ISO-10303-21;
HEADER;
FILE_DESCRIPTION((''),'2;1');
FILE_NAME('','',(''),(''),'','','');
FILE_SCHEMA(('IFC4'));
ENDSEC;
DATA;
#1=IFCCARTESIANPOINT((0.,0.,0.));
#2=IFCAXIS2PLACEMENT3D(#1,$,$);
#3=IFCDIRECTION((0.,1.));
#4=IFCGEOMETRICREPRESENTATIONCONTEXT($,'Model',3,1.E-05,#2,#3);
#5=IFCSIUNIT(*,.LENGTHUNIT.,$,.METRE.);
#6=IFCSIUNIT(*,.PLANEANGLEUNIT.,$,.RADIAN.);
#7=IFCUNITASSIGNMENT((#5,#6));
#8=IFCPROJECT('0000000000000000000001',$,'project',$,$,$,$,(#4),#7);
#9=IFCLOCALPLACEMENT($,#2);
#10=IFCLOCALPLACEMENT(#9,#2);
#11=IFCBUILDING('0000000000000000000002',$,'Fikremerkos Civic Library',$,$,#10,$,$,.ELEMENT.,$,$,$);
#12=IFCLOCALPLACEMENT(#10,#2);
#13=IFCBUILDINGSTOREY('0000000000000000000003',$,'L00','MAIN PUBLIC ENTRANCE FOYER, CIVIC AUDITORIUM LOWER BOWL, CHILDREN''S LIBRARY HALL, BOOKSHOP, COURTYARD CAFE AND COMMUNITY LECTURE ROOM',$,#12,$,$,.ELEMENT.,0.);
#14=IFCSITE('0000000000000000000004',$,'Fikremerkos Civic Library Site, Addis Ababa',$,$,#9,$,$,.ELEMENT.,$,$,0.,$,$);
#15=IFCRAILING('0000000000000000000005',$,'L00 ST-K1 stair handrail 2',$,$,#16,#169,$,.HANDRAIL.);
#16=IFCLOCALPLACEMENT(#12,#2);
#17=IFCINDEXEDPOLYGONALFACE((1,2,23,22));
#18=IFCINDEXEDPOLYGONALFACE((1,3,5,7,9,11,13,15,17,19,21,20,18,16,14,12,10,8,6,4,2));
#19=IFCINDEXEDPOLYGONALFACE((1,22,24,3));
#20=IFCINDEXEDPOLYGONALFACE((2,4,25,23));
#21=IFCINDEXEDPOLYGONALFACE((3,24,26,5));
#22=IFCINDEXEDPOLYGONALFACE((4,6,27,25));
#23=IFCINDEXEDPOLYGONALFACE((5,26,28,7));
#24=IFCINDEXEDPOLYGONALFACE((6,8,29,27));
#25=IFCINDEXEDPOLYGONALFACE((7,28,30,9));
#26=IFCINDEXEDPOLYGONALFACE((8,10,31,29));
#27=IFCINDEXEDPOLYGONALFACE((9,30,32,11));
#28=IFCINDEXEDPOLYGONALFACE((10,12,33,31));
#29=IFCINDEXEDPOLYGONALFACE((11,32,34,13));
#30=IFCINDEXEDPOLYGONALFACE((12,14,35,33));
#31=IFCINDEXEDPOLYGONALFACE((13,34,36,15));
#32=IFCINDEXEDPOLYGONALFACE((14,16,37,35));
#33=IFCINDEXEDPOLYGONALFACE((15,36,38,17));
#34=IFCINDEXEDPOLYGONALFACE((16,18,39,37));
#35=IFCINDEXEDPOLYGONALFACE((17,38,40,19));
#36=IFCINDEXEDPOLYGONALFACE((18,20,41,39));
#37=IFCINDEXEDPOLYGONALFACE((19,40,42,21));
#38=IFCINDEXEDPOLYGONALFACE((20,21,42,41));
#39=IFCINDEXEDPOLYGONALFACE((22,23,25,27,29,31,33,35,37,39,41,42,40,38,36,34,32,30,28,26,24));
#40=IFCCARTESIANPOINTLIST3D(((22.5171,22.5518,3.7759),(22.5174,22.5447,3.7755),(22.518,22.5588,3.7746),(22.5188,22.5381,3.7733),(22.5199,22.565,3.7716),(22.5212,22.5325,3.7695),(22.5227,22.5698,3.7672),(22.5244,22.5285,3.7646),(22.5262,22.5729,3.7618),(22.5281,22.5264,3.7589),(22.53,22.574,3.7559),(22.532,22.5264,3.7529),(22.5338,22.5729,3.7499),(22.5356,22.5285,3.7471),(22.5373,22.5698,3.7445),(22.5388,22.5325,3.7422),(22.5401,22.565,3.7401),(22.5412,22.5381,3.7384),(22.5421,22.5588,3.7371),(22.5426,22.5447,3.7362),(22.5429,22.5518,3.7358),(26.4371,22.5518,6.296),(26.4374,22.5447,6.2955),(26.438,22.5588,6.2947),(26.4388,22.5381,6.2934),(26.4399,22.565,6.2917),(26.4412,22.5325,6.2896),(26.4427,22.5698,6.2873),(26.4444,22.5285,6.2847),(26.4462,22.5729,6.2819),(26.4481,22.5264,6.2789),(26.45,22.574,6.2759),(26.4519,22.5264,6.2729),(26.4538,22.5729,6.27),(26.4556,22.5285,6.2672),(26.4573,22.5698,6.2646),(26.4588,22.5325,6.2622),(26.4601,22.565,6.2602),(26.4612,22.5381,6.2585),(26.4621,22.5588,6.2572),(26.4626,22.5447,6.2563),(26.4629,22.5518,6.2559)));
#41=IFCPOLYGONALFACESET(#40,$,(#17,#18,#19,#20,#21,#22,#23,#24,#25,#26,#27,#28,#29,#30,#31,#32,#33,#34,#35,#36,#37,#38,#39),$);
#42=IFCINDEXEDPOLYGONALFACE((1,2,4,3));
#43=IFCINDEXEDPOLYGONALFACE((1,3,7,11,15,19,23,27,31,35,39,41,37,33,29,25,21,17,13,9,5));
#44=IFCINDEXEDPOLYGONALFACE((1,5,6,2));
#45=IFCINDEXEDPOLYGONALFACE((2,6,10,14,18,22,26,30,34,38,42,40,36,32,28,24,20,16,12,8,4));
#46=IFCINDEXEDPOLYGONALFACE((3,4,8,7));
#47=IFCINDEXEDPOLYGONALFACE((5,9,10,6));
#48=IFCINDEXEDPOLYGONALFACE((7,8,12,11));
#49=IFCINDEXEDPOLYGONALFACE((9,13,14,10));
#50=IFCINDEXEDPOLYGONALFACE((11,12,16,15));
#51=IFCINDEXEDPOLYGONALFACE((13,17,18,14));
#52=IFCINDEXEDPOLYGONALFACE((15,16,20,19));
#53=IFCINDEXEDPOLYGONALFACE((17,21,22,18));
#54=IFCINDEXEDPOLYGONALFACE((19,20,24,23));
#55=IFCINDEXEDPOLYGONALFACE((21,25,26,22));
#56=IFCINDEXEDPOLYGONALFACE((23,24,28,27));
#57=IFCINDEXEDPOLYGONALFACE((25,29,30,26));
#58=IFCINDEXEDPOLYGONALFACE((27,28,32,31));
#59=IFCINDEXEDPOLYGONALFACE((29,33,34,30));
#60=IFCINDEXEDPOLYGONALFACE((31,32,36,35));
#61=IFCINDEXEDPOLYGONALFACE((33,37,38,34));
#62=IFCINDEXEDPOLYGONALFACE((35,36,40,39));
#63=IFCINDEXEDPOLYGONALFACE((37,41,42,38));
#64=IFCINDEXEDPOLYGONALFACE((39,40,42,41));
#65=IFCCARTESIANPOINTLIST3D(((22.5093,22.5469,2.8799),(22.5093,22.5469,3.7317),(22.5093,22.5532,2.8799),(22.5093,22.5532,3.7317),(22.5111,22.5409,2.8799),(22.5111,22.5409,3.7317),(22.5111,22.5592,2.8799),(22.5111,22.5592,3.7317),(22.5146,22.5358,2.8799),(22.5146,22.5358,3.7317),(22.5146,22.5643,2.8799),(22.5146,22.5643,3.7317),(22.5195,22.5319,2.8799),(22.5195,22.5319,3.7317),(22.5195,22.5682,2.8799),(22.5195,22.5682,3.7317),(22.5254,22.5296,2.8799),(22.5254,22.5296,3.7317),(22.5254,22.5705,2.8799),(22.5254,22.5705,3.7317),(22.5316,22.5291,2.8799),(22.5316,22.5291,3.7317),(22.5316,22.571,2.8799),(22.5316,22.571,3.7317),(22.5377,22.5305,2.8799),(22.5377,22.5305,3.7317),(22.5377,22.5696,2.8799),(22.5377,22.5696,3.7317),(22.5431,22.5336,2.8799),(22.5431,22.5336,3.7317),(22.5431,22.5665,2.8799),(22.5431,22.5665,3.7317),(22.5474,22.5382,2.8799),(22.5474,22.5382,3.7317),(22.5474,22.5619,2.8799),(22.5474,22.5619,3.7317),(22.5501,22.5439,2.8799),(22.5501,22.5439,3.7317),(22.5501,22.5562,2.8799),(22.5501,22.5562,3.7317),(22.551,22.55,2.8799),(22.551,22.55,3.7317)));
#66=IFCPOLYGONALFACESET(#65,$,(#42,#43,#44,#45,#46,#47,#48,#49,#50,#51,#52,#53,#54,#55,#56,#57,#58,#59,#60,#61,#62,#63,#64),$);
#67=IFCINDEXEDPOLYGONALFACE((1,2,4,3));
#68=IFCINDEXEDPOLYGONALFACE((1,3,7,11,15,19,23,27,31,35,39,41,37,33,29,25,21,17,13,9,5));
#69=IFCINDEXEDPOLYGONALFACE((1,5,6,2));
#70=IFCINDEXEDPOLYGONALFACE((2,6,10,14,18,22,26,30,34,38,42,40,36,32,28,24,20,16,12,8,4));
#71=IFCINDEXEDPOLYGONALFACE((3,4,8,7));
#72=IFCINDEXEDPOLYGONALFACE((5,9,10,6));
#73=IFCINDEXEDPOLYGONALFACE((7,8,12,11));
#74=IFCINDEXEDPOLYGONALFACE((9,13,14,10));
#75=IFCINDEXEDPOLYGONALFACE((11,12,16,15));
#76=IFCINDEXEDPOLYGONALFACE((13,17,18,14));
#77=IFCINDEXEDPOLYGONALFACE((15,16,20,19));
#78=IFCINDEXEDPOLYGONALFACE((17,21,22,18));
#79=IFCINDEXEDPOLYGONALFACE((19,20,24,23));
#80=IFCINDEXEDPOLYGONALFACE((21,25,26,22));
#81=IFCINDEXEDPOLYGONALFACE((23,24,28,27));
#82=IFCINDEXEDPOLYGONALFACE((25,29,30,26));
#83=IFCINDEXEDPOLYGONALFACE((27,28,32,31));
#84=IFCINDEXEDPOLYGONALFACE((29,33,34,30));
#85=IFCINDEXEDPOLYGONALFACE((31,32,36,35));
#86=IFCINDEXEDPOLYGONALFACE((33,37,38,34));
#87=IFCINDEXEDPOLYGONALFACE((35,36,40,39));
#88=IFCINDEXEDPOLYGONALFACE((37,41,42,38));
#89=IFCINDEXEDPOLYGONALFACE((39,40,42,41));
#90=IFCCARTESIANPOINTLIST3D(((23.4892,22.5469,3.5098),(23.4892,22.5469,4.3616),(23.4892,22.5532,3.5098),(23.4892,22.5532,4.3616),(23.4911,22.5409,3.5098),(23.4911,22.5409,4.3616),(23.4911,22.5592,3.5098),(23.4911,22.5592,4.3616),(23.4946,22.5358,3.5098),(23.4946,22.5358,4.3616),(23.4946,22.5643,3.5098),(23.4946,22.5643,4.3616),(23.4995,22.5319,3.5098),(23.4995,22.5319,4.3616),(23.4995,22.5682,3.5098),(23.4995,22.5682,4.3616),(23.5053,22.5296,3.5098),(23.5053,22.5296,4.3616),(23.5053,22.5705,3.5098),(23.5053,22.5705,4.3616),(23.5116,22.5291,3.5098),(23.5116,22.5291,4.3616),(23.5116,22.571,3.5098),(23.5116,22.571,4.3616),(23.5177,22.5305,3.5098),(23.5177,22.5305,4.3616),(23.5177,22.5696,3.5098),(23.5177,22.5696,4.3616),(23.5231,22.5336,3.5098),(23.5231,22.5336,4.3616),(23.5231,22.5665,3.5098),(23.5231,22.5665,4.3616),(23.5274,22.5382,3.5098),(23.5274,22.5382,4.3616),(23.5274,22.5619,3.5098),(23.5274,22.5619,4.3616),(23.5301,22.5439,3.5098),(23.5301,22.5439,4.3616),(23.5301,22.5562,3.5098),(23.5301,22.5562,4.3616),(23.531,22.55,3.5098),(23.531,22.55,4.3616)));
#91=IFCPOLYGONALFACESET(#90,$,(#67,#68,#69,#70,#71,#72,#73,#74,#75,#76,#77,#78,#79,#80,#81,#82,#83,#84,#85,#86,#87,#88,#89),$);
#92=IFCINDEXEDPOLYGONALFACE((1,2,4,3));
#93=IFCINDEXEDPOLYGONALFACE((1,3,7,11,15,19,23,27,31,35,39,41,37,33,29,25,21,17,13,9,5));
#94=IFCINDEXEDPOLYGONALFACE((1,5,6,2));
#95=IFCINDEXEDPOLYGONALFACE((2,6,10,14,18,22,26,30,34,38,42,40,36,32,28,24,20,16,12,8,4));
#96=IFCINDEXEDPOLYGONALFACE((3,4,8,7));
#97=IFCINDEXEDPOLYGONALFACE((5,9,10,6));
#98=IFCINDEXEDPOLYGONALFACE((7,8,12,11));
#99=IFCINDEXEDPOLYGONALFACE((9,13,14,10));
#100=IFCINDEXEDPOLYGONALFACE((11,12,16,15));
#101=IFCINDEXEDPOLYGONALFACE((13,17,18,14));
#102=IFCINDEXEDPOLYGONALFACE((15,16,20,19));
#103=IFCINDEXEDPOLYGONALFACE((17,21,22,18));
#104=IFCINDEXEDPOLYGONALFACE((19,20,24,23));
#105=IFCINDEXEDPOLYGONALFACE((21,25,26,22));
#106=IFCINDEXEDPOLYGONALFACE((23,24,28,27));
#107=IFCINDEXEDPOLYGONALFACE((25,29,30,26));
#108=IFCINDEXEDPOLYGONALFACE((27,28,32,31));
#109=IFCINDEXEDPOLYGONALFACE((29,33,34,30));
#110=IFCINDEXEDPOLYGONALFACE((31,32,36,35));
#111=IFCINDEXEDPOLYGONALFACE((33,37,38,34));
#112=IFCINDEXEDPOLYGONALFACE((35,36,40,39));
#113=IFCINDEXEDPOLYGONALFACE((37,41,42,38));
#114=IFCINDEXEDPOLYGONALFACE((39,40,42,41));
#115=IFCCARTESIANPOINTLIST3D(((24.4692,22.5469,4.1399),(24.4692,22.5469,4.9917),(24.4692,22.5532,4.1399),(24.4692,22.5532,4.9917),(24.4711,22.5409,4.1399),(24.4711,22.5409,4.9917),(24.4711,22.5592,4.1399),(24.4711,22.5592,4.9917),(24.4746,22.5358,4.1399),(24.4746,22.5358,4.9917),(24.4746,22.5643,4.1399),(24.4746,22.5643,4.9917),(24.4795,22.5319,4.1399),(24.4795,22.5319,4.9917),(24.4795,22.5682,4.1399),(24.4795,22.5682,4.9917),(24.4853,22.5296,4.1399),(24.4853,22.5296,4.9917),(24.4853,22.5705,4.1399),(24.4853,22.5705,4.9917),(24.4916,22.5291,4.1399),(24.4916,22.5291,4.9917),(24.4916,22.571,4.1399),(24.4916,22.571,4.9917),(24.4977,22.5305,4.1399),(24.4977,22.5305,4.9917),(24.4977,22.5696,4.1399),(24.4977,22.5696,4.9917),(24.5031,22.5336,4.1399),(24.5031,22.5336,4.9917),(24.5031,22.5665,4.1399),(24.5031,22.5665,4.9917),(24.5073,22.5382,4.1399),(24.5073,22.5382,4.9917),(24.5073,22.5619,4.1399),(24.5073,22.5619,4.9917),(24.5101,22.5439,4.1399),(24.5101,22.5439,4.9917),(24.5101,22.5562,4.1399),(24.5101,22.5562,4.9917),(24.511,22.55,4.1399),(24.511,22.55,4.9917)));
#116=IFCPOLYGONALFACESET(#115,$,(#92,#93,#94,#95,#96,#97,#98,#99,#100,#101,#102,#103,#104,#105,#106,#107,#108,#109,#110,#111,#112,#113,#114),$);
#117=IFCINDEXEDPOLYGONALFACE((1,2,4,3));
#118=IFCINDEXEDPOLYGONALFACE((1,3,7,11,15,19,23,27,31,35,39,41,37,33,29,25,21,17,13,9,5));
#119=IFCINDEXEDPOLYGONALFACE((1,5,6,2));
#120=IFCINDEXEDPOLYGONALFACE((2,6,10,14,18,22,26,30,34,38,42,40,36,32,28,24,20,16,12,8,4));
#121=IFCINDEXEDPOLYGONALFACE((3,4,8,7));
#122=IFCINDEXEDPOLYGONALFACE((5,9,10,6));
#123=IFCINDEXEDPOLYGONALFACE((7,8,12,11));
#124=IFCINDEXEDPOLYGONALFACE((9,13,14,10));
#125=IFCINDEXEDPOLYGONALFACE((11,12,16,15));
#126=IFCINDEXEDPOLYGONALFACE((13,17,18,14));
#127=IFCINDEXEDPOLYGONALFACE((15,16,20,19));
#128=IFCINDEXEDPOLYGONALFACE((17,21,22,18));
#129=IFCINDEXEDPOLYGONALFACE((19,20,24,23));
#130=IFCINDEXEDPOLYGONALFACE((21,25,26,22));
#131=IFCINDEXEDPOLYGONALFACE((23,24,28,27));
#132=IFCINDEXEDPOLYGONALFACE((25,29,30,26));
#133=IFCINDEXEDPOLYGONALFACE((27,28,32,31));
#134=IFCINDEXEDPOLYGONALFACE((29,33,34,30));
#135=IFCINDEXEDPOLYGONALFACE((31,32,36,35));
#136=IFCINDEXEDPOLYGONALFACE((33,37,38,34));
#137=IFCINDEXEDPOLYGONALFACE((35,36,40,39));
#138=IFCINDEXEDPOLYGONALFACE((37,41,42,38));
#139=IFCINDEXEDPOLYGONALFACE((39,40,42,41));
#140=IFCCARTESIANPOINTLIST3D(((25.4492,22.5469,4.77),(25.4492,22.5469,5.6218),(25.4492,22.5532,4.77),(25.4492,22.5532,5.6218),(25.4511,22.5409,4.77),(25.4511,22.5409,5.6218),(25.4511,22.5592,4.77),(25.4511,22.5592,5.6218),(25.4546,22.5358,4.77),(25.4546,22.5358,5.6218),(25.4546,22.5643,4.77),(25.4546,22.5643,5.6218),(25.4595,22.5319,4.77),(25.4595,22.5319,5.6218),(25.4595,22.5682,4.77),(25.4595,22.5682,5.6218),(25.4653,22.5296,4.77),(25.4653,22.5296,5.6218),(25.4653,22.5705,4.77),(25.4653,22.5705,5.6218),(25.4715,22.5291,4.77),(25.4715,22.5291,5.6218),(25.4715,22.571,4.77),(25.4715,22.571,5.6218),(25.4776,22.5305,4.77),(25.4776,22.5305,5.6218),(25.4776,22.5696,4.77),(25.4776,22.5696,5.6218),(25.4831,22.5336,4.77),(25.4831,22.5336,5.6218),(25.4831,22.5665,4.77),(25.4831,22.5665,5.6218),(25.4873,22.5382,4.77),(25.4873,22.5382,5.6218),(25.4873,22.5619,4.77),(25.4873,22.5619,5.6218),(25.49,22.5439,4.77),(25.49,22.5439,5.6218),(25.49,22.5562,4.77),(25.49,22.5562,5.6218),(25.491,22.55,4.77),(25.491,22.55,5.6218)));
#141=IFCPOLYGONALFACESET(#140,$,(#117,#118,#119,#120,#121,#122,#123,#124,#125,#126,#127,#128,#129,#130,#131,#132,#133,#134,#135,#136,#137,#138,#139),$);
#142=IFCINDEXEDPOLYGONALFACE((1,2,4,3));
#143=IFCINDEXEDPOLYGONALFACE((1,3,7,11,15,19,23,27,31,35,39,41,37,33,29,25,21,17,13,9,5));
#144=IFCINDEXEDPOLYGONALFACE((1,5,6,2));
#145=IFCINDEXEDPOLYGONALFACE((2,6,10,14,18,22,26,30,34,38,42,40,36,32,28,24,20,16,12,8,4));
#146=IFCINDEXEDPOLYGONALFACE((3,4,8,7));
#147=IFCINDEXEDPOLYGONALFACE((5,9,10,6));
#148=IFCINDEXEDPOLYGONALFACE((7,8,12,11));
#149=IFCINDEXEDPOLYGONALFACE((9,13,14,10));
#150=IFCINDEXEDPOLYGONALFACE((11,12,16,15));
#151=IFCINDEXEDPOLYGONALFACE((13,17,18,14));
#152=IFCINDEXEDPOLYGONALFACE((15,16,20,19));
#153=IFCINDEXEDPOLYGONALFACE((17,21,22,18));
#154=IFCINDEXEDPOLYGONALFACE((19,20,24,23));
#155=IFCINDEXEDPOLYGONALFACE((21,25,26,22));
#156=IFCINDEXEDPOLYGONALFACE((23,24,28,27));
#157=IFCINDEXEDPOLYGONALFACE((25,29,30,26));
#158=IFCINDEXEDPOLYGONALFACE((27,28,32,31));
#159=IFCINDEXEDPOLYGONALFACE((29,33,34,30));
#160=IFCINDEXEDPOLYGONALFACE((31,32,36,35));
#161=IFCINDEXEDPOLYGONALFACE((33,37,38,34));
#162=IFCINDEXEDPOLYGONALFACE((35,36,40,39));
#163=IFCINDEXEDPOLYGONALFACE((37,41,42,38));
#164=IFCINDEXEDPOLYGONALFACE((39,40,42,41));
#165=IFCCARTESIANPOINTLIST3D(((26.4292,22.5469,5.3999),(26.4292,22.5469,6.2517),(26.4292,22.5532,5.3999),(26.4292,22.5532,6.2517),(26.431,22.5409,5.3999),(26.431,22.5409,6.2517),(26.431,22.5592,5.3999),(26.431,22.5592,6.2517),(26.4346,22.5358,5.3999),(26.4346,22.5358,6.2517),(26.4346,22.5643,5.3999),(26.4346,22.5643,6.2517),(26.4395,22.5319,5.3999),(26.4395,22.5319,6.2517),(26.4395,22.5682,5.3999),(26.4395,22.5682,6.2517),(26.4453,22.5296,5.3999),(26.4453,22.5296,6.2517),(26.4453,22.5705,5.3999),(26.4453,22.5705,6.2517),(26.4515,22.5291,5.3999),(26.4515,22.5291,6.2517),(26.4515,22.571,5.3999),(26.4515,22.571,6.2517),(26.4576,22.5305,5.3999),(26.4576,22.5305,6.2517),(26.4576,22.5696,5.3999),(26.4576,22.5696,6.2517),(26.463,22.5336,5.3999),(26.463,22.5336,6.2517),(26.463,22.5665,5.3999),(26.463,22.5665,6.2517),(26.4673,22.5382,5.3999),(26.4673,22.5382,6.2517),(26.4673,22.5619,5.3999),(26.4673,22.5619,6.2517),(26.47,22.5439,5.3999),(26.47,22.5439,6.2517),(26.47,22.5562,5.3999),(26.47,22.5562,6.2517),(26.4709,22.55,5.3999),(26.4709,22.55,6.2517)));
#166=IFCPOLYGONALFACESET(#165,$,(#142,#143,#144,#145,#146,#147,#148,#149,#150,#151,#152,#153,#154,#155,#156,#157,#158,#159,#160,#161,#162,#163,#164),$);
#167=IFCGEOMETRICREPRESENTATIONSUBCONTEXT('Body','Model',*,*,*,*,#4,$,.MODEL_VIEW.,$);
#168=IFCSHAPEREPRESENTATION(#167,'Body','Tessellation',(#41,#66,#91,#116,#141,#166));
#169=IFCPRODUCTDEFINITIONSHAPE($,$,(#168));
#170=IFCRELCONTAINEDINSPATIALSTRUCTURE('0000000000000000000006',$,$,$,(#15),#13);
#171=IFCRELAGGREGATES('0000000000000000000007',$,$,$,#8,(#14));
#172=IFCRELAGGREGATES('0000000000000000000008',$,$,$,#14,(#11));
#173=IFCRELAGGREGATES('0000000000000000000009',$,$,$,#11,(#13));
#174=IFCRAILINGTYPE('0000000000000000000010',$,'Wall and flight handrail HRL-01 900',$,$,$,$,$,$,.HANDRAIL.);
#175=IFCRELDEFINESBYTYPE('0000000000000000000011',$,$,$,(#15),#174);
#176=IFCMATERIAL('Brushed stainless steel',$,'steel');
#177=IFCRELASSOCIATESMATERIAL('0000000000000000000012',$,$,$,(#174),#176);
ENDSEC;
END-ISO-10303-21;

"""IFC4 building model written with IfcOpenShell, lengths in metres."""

from ifc_helpers import new_model, si_unit, direction, frame, origin, origin_2d, place, context, subcontext, project, spatial, circle, extrude, material, type_object, element, save


model = new_model("IFC4")

# Units and contexts
model_context = context("Model", 3, precision=1e-05, world=origin(), true_north=direction((0.0, 1.0)))
body_context = subcontext(model_context, "Body", "Model", "MODEL_VIEW")
ifc_project = project(units=[si_unit("LENGTHUNIT", "METRE"), si_unit("PLANEANGLEUNIT", "RADIAN")], contexts=[model_context])

# Site, building, storey
site_placement = place(None, origin())
site = spatial("IfcSite", under=ifc_project, at=site_placement, Name="Fikremerkos Civic Library Site, Addis Ababa", CompositionType="ELEMENT", RefElevation=0.0)
building_placement = place(site_placement, origin())
building = spatial("IfcBuilding", under=site, at=building_placement, Name="Fikremerkos Civic Library", CompositionType="ELEMENT")
storey_placement = place(building_placement, origin())
storey = spatial("IfcBuildingStorey", under=building, at=storey_placement, Name="L00", Description="MAIN PUBLIC ENTRANCE FOYER, CIVIC AUDITORIUM LOWER BOWL, CHILDREN'S LIBRARY HALL, BOOKSHOP, COURTYARD CAFE AND COMMUNITY LECTURE ROOM", CompositionType="ELEMENT", Elevation=0.0)

# Shared definitions
ifc_material_1 = material(Name="Brushed stainless steel", Category="steel")

# Railing
railing_type_1 = type_object("IfcRailingType", Name="Wall and flight handrail HRL-01 900", PredefinedType="HANDRAIL", material=ifc_material_1)
railing_1_placement = place(storey_placement, frame((22.53, 22.55, 2.8799)))
element("IfcRailing", 1, at=railing_1_placement, inside=storey, type_object=railing_type_1, Name="L00 ST-K1 stair handrail 2", PredefinedType="HANDRAIL", context=body_context, shape_type="SweptSolid", body=[
    extrude(circle(Radius=0.0239, at=origin_2d()), frame((0.0, 0.0, 0.876), z_axis=(0.841172, 0.0, 0.540768), x_axis=(0.0, 1.0, 0.0)), (0.0, 0.0, 1.0), 4.6602),
    extrude(circle(Radius=0.021, at=origin_2d()), origin(), (0.0, 0.0, 1.0), 0.8518),
    extrude(circle(Radius=0.021, at=origin_2d()), frame((0.98, 0.0, 0.6299)), (0.0, 0.0, 1.0), 0.8518),
    extrude(circle(Radius=0.021, at=origin_2d()), frame((1.96, 0.0, 1.26)), (0.0, 0.0, 1.0), 0.8518),
    extrude(circle(Radius=0.021, at=origin_2d()), frame((2.9399, 0.0, 1.8901)), (0.0, 0.0, 1.0), 0.8518),
    extrude(circle(Radius=0.021, at=origin_2d()), frame((3.9199, 0.0, 2.52)), (0.0, 0.0, 1.0), 0.8518),
])

save(model, "model.ifc")
